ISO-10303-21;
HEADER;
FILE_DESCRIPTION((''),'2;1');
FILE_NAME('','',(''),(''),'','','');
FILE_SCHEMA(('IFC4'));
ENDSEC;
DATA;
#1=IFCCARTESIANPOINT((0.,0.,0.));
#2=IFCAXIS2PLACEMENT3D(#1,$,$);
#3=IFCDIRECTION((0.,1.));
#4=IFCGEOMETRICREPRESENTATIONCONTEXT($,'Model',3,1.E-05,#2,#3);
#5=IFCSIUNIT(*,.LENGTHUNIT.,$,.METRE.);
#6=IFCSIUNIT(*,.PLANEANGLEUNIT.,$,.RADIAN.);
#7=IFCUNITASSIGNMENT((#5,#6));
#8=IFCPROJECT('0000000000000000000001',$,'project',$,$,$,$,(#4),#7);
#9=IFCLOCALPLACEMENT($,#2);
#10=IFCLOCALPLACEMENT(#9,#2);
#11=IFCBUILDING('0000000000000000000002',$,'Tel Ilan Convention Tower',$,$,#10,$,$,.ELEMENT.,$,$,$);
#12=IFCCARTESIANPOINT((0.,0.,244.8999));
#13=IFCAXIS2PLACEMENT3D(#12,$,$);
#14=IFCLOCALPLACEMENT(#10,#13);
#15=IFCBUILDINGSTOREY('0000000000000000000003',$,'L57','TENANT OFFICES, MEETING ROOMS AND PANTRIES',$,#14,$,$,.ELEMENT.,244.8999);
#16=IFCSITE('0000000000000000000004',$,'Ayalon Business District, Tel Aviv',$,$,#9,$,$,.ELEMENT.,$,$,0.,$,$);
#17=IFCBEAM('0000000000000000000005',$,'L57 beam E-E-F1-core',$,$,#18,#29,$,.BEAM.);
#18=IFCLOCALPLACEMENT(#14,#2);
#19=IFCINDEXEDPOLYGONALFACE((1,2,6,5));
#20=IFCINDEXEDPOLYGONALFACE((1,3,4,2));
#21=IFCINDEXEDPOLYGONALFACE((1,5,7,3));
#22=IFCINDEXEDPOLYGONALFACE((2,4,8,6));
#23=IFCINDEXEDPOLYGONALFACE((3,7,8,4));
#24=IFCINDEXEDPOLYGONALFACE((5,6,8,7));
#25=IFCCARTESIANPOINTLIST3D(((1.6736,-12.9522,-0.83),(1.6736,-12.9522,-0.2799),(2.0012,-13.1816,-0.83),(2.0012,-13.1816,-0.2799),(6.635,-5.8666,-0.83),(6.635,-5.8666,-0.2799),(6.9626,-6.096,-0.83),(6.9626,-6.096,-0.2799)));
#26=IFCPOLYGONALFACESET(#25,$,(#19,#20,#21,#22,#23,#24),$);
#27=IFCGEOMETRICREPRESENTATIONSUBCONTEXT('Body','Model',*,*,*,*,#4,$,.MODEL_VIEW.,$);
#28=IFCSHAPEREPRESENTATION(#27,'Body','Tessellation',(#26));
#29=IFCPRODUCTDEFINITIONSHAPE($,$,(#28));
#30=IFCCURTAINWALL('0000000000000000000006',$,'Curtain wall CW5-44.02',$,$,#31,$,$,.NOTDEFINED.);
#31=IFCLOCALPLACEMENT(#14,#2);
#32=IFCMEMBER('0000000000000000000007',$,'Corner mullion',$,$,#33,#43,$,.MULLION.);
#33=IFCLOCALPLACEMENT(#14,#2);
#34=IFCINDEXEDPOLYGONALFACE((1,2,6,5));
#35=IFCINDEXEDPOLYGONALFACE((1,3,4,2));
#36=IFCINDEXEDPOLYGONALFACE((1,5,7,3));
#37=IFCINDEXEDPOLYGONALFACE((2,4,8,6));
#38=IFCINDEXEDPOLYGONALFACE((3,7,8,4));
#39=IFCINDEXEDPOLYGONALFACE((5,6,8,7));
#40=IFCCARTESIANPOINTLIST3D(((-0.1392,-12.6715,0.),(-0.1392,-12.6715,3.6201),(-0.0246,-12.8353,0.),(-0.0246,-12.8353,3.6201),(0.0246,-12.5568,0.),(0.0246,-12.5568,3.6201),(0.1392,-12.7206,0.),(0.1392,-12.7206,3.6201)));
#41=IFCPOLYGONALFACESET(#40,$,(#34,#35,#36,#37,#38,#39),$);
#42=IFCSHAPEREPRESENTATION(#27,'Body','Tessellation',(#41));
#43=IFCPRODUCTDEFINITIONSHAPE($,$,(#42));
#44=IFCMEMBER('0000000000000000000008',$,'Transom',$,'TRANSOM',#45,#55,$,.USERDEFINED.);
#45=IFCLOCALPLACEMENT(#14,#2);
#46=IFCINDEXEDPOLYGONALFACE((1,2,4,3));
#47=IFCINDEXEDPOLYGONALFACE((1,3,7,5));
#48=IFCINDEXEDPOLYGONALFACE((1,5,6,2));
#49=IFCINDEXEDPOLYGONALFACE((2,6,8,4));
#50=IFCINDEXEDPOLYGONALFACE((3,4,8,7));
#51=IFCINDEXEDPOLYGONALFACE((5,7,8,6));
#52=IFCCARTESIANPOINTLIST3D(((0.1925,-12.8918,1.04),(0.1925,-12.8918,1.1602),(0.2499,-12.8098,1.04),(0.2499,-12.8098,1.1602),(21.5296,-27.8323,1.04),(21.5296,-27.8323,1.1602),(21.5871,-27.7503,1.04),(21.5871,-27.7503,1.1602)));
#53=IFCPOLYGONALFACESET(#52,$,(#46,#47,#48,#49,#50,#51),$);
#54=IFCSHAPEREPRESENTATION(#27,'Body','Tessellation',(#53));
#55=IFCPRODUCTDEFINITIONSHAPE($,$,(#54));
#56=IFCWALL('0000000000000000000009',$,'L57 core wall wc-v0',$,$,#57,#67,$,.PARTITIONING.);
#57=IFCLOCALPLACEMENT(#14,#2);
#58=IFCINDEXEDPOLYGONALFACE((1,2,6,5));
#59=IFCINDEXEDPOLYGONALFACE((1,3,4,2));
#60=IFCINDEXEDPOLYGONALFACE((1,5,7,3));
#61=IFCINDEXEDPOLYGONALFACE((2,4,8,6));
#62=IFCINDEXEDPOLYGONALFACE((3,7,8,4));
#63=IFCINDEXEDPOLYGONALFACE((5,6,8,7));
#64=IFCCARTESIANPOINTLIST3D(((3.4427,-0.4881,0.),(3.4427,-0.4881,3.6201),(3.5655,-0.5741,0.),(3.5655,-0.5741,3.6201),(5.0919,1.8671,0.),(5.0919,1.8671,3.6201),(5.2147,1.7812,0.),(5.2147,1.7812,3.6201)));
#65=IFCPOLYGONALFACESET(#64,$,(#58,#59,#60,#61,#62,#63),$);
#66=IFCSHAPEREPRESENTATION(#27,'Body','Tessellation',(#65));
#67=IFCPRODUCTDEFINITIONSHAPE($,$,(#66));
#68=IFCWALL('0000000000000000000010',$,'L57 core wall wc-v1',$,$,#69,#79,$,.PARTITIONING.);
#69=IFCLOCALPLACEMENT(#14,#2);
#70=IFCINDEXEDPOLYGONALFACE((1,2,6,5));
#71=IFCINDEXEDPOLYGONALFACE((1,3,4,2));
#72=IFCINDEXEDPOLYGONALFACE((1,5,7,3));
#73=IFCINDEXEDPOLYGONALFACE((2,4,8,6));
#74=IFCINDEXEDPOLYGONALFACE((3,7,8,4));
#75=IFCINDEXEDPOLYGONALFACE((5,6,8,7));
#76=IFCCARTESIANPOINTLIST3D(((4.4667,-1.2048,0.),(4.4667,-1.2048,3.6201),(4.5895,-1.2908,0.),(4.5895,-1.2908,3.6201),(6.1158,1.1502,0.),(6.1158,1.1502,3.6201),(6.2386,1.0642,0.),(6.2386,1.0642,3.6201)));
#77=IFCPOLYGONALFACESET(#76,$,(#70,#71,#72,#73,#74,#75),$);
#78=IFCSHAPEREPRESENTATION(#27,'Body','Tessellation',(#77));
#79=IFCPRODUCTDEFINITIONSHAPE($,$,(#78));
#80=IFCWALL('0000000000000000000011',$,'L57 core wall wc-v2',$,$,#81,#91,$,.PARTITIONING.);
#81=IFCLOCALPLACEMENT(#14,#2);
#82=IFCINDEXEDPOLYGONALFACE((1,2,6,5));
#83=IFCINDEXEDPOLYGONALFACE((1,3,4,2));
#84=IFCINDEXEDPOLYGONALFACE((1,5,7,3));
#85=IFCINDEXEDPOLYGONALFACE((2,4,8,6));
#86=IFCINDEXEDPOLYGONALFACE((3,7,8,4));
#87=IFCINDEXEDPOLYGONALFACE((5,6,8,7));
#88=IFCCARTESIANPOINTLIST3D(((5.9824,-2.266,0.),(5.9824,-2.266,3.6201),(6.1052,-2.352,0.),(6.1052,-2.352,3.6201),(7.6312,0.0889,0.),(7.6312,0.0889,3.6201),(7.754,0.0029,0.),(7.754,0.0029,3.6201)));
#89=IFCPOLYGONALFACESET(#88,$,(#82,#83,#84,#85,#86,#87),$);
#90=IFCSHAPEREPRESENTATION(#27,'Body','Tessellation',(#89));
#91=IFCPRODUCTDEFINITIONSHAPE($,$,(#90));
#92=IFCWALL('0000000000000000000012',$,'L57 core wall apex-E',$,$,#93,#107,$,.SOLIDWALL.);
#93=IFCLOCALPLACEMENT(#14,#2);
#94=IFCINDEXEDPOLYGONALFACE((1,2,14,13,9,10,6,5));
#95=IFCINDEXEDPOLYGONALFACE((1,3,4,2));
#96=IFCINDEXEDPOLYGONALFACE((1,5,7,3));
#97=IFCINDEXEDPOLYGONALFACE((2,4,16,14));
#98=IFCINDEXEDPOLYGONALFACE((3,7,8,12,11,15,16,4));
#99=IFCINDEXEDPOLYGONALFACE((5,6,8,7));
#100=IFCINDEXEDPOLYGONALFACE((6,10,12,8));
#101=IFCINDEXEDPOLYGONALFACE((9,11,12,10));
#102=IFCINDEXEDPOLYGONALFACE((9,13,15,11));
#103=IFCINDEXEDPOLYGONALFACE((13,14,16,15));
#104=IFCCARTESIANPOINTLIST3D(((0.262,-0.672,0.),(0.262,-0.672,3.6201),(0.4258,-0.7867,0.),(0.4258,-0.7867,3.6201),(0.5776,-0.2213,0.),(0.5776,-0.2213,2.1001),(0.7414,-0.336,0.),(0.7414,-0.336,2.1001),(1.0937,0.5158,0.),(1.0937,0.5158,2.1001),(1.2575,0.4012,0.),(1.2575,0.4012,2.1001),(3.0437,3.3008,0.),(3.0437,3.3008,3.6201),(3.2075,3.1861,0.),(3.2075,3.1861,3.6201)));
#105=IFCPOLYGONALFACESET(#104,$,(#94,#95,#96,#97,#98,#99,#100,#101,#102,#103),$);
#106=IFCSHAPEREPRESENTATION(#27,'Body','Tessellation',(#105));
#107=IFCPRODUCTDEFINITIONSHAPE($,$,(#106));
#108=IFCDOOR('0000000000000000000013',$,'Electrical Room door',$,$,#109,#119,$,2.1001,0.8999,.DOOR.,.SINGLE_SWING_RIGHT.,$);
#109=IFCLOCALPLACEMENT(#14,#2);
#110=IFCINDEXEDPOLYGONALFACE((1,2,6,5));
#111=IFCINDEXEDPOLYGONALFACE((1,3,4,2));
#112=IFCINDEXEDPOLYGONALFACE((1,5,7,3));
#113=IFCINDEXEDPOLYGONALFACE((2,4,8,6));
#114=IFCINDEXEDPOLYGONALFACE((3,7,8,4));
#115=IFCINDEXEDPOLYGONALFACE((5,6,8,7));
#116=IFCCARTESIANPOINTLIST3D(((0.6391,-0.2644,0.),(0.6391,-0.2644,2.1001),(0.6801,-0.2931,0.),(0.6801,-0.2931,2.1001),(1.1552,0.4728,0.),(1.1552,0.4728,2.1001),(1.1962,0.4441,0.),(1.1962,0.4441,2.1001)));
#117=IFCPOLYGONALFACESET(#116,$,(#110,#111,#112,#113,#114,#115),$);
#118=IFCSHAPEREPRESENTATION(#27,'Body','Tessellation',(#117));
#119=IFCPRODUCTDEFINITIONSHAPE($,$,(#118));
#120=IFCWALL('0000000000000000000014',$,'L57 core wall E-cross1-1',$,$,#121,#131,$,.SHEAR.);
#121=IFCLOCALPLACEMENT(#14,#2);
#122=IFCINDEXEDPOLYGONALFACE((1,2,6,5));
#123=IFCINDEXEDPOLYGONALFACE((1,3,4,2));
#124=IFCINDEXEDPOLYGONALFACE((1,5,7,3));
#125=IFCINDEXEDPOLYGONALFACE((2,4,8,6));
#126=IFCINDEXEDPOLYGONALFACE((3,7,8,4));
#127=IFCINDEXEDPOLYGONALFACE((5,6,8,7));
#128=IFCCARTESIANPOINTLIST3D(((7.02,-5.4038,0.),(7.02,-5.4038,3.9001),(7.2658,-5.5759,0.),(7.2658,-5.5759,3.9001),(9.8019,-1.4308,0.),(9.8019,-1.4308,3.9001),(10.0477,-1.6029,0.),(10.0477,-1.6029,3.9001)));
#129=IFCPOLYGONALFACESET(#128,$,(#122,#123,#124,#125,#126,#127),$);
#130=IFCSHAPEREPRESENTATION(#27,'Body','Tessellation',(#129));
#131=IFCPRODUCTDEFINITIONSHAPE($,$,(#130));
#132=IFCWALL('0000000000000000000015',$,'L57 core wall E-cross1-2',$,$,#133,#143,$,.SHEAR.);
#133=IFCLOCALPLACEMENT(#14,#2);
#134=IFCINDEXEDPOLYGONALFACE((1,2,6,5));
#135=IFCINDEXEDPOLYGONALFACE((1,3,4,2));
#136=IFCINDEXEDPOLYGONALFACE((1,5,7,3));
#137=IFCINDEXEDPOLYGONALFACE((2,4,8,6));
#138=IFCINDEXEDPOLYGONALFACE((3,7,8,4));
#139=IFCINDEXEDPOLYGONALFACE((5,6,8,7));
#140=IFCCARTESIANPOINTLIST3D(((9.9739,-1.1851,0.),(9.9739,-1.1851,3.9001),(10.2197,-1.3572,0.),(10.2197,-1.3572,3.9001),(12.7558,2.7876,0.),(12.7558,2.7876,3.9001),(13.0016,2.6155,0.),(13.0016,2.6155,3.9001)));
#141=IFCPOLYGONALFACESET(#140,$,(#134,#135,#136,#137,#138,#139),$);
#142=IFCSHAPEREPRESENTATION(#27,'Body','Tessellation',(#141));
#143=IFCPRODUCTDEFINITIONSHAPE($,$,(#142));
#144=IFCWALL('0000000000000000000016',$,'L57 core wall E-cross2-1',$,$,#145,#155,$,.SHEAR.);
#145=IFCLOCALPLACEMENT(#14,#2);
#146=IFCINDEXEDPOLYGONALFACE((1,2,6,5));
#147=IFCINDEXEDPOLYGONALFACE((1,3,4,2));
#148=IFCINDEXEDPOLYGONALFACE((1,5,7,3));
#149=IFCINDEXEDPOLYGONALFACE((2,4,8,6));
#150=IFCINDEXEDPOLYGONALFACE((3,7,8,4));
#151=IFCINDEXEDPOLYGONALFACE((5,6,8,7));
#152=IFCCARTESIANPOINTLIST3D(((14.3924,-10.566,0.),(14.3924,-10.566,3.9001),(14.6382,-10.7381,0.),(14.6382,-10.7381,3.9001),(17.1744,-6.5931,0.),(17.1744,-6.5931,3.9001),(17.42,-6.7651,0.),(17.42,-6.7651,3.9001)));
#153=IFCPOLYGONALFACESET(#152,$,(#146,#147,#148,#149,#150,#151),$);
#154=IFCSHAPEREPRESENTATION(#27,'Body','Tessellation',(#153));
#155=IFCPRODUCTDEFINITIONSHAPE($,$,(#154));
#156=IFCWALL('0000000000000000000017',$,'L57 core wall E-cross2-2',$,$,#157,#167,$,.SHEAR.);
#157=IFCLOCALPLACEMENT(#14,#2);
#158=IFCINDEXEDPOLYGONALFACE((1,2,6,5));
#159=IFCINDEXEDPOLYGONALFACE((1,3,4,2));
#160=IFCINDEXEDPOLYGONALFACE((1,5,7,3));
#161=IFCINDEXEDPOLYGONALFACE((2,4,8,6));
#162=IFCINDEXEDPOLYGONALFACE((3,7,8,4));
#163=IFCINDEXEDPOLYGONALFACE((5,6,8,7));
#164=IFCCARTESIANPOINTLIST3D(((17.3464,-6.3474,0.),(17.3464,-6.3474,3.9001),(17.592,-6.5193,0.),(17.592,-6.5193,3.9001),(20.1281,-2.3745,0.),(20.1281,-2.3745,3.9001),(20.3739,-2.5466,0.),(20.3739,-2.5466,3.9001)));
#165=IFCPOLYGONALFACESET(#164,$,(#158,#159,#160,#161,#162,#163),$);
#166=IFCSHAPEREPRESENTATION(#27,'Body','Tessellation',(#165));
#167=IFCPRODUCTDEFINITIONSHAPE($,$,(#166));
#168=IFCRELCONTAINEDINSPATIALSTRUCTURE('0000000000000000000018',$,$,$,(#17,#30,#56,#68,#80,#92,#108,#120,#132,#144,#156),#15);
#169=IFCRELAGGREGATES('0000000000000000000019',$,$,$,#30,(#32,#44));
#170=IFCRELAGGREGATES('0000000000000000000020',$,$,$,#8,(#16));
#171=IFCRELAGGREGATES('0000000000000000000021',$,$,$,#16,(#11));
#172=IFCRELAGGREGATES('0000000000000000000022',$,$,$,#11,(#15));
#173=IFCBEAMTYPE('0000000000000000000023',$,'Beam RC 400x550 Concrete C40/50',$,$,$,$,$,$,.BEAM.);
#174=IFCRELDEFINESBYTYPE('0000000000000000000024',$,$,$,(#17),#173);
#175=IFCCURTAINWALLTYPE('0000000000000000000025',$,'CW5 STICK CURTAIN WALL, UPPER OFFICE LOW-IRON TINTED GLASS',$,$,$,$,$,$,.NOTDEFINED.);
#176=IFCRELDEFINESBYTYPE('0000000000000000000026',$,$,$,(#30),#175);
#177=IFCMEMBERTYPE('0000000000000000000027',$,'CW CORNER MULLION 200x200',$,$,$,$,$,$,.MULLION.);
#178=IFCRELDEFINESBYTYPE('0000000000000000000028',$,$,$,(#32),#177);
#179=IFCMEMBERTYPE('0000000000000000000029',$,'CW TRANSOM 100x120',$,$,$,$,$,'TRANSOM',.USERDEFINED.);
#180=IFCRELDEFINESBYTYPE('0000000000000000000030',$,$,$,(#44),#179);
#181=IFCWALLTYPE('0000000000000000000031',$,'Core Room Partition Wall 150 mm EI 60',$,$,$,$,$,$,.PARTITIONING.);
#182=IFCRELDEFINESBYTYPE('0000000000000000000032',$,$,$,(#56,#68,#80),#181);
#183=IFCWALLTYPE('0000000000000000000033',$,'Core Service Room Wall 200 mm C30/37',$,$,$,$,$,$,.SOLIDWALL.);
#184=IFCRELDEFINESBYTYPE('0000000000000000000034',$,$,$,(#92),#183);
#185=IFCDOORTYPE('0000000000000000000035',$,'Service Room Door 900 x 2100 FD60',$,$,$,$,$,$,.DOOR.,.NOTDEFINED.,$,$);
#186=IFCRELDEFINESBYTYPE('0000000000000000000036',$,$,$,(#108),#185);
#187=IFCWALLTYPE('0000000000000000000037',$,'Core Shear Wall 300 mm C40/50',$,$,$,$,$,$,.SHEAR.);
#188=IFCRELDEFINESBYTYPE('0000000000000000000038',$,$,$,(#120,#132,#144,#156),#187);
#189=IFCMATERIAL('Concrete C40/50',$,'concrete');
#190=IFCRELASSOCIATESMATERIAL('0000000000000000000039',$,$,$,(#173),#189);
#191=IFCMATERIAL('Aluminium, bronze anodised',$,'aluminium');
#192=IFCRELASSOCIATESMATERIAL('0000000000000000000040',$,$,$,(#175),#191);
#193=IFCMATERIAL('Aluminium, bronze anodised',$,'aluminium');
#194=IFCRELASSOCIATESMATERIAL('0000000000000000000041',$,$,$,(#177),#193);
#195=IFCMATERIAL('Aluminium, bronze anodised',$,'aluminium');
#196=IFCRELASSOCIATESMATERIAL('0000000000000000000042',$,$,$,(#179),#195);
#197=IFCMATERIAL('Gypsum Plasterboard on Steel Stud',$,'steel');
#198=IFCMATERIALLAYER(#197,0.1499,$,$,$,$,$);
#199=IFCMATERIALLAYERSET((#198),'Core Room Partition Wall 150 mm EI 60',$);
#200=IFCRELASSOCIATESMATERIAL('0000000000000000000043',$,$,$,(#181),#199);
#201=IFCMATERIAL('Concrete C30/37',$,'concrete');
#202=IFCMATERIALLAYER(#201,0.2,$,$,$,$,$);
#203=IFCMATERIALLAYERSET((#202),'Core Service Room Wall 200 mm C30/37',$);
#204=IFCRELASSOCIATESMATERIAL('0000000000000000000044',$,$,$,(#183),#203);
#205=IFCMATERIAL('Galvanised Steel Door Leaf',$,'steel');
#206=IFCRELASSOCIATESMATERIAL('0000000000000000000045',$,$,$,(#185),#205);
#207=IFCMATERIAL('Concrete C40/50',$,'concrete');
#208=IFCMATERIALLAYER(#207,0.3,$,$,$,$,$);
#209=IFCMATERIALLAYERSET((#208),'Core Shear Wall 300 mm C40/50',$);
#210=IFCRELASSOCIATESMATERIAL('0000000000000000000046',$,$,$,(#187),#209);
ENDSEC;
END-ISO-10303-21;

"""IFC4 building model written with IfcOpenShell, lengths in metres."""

from ifc_helpers import new_model, si_unit, direction, frame, frame_2d, origin, origin_2d, place, context, subcontext, project, spatial, polyline, rectangle, outline, extrude, material, layer, layer_set, material_profile, profile_set, type_object, element, fill, aggregate, save


model = new_model("IFC4")

# Units and contexts
model_context = context("Model", 3, precision=1e-05, world=origin(), true_north=direction((0.0, 1.0)))
body_context = subcontext(model_context, "Body", "Model", "MODEL_VIEW")
ifc_project = project(units=[si_unit("LENGTHUNIT", "METRE"), si_unit("PLANEANGLEUNIT", "RADIAN")], contexts=[model_context])

# Site, building, storey
site_placement = place(None, origin())
site = spatial("IfcSite", under=ifc_project, at=site_placement, Name="Ayalon Business District, Tel Aviv", CompositionType="ELEMENT", RefElevation=0.0)
building_placement = place(site_placement, origin())
building = spatial("IfcBuilding", under=site, at=building_placement, Name="Tel Ilan Convention Tower", CompositionType="ELEMENT")
storey_placement = place(building_placement, frame((0.0, 0.0, 244.8999)))
storey = spatial("IfcBuildingStorey", under=building, at=storey_placement, Name="L57", Description="TENANT OFFICES, MEETING ROOMS AND PANTRIES", CompositionType="ELEMENT", Elevation=244.8999)

# Beam
ifc_material_1 = material(Name="Concrete C40/50", Category="concrete")
ifc_material_profile_1 = material_profile(ifc_material_1, rectangle(XDim=0.3999, YDim=0.55, at=origin_2d()), Name="RC 400x550")
ifc_profile_set_1 = profile_set([ifc_material_profile_1], Name="Concrete C40/50")
beam_type = type_object("IfcBeamType", Name="Beam RC 400x550 Concrete C40/50", PredefinedType="BEAM", material=ifc_profile_set_1)
beam_placement = place(storey_placement, frame((1.8374, -13.0669, -0.5549), z_axis=(0.573574, 0.819154, 0.0), x_axis=(-0.819154, 0.573574, 0.0)))
element("IfcBeam", 1, at=beam_placement, inside=storey, type_object=beam_type, Name="L57 beam E-E-F1-core", PredefinedType="BEAM", context=body_context, shape_type="SweptSolid", body=[
    extrude(rectangle(XDim=0.3999, YDim=0.55, at=origin_2d()), origin(), (0.0, 0.0, 1.0), 8.6499),
])

# Curtain wall, members
ifc_material_2 = material(Name="Aluminium, bronze anodised", Category="aluminium")
curtain_wall_type = type_object("IfcCurtainWallType", Name="CW5 STICK CURTAIN WALL, UPPER OFFICE LOW-IRON TINTED GLASS", PredefinedType="NOTDEFINED", material=ifc_material_2)
curtain_wall_placement = place(storey_placement, origin())
curtain_wall = element("IfcCurtainWall", 2, at=curtain_wall_placement, inside=storey, type_object=curtain_wall_type, Name="Curtain wall CW5-44.02", PredefinedType="NOTDEFINED")
ifc_material_3 = material(Name="Aluminium, bronze anodised", Category="aluminium")
ifc_material_profile_2 = material_profile(ifc_material_3, rectangle(XDim=0.2, YDim=0.2, at=origin_2d()), Name="CW CORNER MULLION 200x200")
ifc_profile_set_2 = profile_set([ifc_material_profile_2], Name="Aluminium, bronze anodised")
member_type_1 = type_object("IfcMemberType", Name="CW CORNER MULLION 200x200", PredefinedType="MULLION", material=ifc_profile_set_2)
member_1_placement = place(storey_placement, frame((0.0, -12.696, 0.0), z_axis=(0.0, 0.0, 1.0), x_axis=(0.819152, 0.573576, 0.0)))
member_1 = element("IfcMember", 3, at=member_1_placement, type_object=member_type_1, Name="Corner mullion", PredefinedType="MULLION", context=body_context, shape_type="SweptSolid", body=[
    extrude(rectangle(XDim=0.2, YDim=0.2, at=origin_2d()), origin(), (0.0, 0.0, 1.0), 3.6201),
])
ifc_material_4 = material(Name="Aluminium, bronze anodised", Category="aluminium")
ifc_material_profile_3 = material_profile(ifc_material_4, rectangle(XDim=0.1001, YDim=0.1201, at=origin_2d()), Name="CW TRANSOM 100x120")
ifc_profile_set_3 = profile_set([ifc_material_profile_3], Name="Aluminium, bronze anodised")
member_type_2 = type_object("IfcMemberType", Name="CW TRANSOM 100x120", ElementType="TRANSOM", PredefinedType="USERDEFINED", material=ifc_profile_set_3)
member_2_placement = place(storey_placement, frame((0.2212, -12.8508, 1.1001), z_axis=(0.819152, -0.573576, 0.0), x_axis=(0.573576, 0.819152, 0.0)))
member_2 = element("IfcMember", 4, at=member_2_placement, type_object=member_type_2, Name="Transom", ObjectType="TRANSOM", PredefinedType="USERDEFINED", context=body_context, shape_type="SweptSolid", body=[
    extrude(rectangle(XDim=0.1001, YDim=0.1201, at=origin_2d()), origin(), (0.0, 0.0, 1.0), 26.0479),
])
aggregate(curtain_wall, [member_1, member_2])

# Walls
ifc_material_5 = material(Name="Gypsum Plasterboard on Steel Stud", Category="steel")
ifc_layer_1 = layer(ifc_material_5, 0.1499)
ifc_layer_set_1 = layer_set([ifc_layer_1], Name="Core Room Partition Wall 150 mm EI 60")
wall_type_1 = type_object("IfcWallType", Name="Core Room Partition Wall 150 mm EI 60", PredefinedType="PARTITIONING", material=ifc_layer_set_1)
wall_1_placement = place(storey_placement, frame((3.5042, -0.531, 0.0), z_axis=(0.0, 0.0, 1.0), x_axis=(0.573582, 0.819148, 0.0)))
element("IfcWall", 5, at=wall_1_placement, inside=storey, type_object=wall_type_1, Name="L57 core wall wc-v0", PredefinedType="PARTITIONING", context=body_context, shape_type="SweptSolid", body=[
    extrude(rectangle(XDim=2.8752, YDim=0.1499, at=frame_2d((1.4375, 0.0))), origin(), (0.0, 0.0, 1.0), 3.6201),
])
wall_2_placement = place(storey_placement, frame((4.5281, -1.2478, 0.0), z_axis=(0.0, 0.0, 1.0), x_axis=(0.573622, 0.81912, 0.0)))
element("IfcWall", 6, at=wall_2_placement, inside=storey, type_object=wall_type_1, Name="L57 core wall wc-v1", PredefinedType="PARTITIONING", context=body_context, shape_type="SweptSolid", body=[
    extrude(rectangle(XDim=2.875, YDim=0.1499, at=frame_2d((1.4375, 0.0))), origin(), (0.0, 0.0, 1.0), 3.6201),
])
wall_3_placement = place(storey_placement, frame((6.0437, -2.3091, 0.0), z_axis=(0.0, 0.0, 1.0), x_axis=(0.573565, 0.81916, 0.0)))
element("IfcWall", 7, at=wall_3_placement, inside=storey, type_object=wall_type_1, Name="L57 core wall wc-v2", PredefinedType="PARTITIONING", context=body_context, shape_type="SweptSolid", body=[
    extrude(rectangle(XDim=2.8748, YDim=0.1499, at=frame_2d((1.4375, 0.0))), origin(), (0.0, 0.0, 1.0), 3.6201),
])

# Wall, opening, door
ifc_material_6 = material(Name="Concrete C30/37", Category="concrete")
ifc_layer_2 = layer(ifc_material_6, 0.2)
ifc_layer_set_2 = layer_set([ifc_layer_2], Name="Core Service Room Wall 200 mm C30/37")
wall_type_2 = type_object("IfcWallType", Name="Core Service Room Wall 200 mm C30/37", PredefinedType="SOLIDWALL", material=ifc_layer_set_2)
wall_4_placement = place(storey_placement, frame((0.344, -0.7292, 0.0), z_axis=(0.0, 0.0, 1.0), x_axis=(0.57356, 0.819163, 0.0)))
wall_4 = element("IfcWall", 8, at=wall_4_placement, inside=storey, type_object=wall_type_2, Name="L57 core wall apex-E", PredefinedType="SOLIDWALL", context=body_context, shape_type="SweptSolid", body=[
    extrude(rectangle(XDim=4.8499, YDim=0.2, at=frame_2d((2.4248, 0.0))), origin(), (0.0, 0.0, 1.0), 3.6201),
])
opening_1_placement = place(wall_4_placement, frame((0.55, 0.0, 0.0)))
opening_1 = element("IfcOpeningElement", 9, at=opening_1_placement, cuts=wall_4, PredefinedType="OPENING", context=body_context, shape_type="SweptSolid", body=[
    extrude(rectangle(XDim=0.8999, YDim=2.1001, at=frame_2d((0.45, 1.05))), frame((0.0, 0.1099, 0.0), z_axis=(0.0, -1.0, 0.0), x_axis=(1.0, 0.0, 0.0)), (0.0, 0.0, 1.0), 0.22),
])
ifc_material_7 = material(Name="Galvanised Steel Door Leaf", Category="steel")
door_type_1 = type_object("IfcDoorType", Name="Service Room Door 900 x 2100 FD60", OperationType="NOTDEFINED", PredefinedType="DOOR", material=ifc_material_7)
door_1_placement = place(opening_1_placement, origin())
door_1 = element("IfcDoor", 10, at=door_1_placement, inside=storey, type_object=door_type_1, Name="Electrical Room door", OperationType="SINGLE_SWING_RIGHT", OverallHeight=2.1001, OverallWidth=0.8999, PredefinedType="DOOR", context=body_context, shape_type="SweptSolid", body=[
    extrude(rectangle(XDim=0.8999, YDim=2.1001, at=frame_2d((0.45, 1.05))), frame((0.0, 0.0249, 0.0), z_axis=(0.0, -1.0, 0.0), x_axis=(1.0, 0.0, 0.0)), (0.0, 0.0, 1.0), 0.05),
])
fill(opening_1, door_1)

# Walls
ifc_material_8 = material(Name="Concrete C40/50", Category="concrete")
ifc_layer_3 = layer(ifc_material_8, 0.3)
ifc_layer_set_3 = layer_set([ifc_layer_3], Name="Core Shear Wall 300 mm C40/50")
wall_type_3 = type_object("IfcWallType", Name="Core Shear Wall 300 mm C40/50", PredefinedType="SHEAR", material=ifc_layer_set_3)
wall_5_placement = place(storey_placement, frame((7.1428, -5.4897, 0.0), z_axis=(0.0, 0.0, 1.0), x_axis=(0.573618, 0.819123, 0.0)))
element("IfcWall", 11, at=wall_5_placement, inside=storey, type_object=wall_type_3, Name="L57 core wall E-cross1-1", PredefinedType="SHEAR", context=body_context, shape_type="SweptSolid", body=[
    extrude(outline(polyline([(0.0, 0.1499), (0.0, -0.1501), (4.8501, -0.1499), (4.8501, 0.1501), (0.0, 0.1499)])), origin(), (0.0, 0.0, 1.0), 3.9001),
])
wall_6_placement = place(storey_placement, frame((10.0969, -1.2712, 0.0), z_axis=(0.0, 0.0, 1.0), x_axis=(0.57356, 0.819163, 0.0)))
element("IfcWall", 12, at=wall_6_placement, inside=storey, type_object=wall_type_3, Name="L57 core wall E-cross1-2", PredefinedType="SHEAR", context=body_context, shape_type="SweptSolid", body=[
    extrude(outline(polyline([(4.8499, -0.1501), (4.8499, 0.1499), (0.0, 0.1501), (0.0, -0.1499), (4.8499, -0.1501)])), origin(), (0.0, 0.0, 1.0), 3.9001),
])
wall_7_placement = place(storey_placement, frame((14.5154, -10.6521, 0.0), z_axis=(0.0, 0.0, 1.0), x_axis=(0.57356, 0.819163, 0.0)))
element("IfcWall", 13, at=wall_7_placement, inside=storey, type_object=wall_type_3, Name="L57 core wall E-cross2-1", PredefinedType="SHEAR", context=body_context, shape_type="SweptSolid", body=[
    extrude(outline(polyline([(0.0, 0.1501), (0.0, -0.1499), (4.8501, -0.1499), (4.8501, 0.1499), (0.0, 0.1501)])), origin(), (0.0, 0.0, 1.0), 3.9001),
])
wall_8_placement = place(storey_placement, frame((17.4692, -6.4333, 0.0), z_axis=(0.0, 0.0, 1.0), x_axis=(0.573594, 0.81914, 0.0)))
element("IfcWall", 14, at=wall_8_placement, inside=storey, type_object=wall_type_3, Name="L57 core wall E-cross2-2", PredefinedType="SHEAR", context=body_context, shape_type="SweptSolid", body=[
    extrude(outline(polyline([(4.8499, -0.1499), (4.8499, 0.1501), (0.0, 0.1499), (0.0, -0.1499), (4.8499, -0.1499)])), origin(), (0.0, 0.0, 1.0), 3.9001),
])

save(model, "model.ifc")
